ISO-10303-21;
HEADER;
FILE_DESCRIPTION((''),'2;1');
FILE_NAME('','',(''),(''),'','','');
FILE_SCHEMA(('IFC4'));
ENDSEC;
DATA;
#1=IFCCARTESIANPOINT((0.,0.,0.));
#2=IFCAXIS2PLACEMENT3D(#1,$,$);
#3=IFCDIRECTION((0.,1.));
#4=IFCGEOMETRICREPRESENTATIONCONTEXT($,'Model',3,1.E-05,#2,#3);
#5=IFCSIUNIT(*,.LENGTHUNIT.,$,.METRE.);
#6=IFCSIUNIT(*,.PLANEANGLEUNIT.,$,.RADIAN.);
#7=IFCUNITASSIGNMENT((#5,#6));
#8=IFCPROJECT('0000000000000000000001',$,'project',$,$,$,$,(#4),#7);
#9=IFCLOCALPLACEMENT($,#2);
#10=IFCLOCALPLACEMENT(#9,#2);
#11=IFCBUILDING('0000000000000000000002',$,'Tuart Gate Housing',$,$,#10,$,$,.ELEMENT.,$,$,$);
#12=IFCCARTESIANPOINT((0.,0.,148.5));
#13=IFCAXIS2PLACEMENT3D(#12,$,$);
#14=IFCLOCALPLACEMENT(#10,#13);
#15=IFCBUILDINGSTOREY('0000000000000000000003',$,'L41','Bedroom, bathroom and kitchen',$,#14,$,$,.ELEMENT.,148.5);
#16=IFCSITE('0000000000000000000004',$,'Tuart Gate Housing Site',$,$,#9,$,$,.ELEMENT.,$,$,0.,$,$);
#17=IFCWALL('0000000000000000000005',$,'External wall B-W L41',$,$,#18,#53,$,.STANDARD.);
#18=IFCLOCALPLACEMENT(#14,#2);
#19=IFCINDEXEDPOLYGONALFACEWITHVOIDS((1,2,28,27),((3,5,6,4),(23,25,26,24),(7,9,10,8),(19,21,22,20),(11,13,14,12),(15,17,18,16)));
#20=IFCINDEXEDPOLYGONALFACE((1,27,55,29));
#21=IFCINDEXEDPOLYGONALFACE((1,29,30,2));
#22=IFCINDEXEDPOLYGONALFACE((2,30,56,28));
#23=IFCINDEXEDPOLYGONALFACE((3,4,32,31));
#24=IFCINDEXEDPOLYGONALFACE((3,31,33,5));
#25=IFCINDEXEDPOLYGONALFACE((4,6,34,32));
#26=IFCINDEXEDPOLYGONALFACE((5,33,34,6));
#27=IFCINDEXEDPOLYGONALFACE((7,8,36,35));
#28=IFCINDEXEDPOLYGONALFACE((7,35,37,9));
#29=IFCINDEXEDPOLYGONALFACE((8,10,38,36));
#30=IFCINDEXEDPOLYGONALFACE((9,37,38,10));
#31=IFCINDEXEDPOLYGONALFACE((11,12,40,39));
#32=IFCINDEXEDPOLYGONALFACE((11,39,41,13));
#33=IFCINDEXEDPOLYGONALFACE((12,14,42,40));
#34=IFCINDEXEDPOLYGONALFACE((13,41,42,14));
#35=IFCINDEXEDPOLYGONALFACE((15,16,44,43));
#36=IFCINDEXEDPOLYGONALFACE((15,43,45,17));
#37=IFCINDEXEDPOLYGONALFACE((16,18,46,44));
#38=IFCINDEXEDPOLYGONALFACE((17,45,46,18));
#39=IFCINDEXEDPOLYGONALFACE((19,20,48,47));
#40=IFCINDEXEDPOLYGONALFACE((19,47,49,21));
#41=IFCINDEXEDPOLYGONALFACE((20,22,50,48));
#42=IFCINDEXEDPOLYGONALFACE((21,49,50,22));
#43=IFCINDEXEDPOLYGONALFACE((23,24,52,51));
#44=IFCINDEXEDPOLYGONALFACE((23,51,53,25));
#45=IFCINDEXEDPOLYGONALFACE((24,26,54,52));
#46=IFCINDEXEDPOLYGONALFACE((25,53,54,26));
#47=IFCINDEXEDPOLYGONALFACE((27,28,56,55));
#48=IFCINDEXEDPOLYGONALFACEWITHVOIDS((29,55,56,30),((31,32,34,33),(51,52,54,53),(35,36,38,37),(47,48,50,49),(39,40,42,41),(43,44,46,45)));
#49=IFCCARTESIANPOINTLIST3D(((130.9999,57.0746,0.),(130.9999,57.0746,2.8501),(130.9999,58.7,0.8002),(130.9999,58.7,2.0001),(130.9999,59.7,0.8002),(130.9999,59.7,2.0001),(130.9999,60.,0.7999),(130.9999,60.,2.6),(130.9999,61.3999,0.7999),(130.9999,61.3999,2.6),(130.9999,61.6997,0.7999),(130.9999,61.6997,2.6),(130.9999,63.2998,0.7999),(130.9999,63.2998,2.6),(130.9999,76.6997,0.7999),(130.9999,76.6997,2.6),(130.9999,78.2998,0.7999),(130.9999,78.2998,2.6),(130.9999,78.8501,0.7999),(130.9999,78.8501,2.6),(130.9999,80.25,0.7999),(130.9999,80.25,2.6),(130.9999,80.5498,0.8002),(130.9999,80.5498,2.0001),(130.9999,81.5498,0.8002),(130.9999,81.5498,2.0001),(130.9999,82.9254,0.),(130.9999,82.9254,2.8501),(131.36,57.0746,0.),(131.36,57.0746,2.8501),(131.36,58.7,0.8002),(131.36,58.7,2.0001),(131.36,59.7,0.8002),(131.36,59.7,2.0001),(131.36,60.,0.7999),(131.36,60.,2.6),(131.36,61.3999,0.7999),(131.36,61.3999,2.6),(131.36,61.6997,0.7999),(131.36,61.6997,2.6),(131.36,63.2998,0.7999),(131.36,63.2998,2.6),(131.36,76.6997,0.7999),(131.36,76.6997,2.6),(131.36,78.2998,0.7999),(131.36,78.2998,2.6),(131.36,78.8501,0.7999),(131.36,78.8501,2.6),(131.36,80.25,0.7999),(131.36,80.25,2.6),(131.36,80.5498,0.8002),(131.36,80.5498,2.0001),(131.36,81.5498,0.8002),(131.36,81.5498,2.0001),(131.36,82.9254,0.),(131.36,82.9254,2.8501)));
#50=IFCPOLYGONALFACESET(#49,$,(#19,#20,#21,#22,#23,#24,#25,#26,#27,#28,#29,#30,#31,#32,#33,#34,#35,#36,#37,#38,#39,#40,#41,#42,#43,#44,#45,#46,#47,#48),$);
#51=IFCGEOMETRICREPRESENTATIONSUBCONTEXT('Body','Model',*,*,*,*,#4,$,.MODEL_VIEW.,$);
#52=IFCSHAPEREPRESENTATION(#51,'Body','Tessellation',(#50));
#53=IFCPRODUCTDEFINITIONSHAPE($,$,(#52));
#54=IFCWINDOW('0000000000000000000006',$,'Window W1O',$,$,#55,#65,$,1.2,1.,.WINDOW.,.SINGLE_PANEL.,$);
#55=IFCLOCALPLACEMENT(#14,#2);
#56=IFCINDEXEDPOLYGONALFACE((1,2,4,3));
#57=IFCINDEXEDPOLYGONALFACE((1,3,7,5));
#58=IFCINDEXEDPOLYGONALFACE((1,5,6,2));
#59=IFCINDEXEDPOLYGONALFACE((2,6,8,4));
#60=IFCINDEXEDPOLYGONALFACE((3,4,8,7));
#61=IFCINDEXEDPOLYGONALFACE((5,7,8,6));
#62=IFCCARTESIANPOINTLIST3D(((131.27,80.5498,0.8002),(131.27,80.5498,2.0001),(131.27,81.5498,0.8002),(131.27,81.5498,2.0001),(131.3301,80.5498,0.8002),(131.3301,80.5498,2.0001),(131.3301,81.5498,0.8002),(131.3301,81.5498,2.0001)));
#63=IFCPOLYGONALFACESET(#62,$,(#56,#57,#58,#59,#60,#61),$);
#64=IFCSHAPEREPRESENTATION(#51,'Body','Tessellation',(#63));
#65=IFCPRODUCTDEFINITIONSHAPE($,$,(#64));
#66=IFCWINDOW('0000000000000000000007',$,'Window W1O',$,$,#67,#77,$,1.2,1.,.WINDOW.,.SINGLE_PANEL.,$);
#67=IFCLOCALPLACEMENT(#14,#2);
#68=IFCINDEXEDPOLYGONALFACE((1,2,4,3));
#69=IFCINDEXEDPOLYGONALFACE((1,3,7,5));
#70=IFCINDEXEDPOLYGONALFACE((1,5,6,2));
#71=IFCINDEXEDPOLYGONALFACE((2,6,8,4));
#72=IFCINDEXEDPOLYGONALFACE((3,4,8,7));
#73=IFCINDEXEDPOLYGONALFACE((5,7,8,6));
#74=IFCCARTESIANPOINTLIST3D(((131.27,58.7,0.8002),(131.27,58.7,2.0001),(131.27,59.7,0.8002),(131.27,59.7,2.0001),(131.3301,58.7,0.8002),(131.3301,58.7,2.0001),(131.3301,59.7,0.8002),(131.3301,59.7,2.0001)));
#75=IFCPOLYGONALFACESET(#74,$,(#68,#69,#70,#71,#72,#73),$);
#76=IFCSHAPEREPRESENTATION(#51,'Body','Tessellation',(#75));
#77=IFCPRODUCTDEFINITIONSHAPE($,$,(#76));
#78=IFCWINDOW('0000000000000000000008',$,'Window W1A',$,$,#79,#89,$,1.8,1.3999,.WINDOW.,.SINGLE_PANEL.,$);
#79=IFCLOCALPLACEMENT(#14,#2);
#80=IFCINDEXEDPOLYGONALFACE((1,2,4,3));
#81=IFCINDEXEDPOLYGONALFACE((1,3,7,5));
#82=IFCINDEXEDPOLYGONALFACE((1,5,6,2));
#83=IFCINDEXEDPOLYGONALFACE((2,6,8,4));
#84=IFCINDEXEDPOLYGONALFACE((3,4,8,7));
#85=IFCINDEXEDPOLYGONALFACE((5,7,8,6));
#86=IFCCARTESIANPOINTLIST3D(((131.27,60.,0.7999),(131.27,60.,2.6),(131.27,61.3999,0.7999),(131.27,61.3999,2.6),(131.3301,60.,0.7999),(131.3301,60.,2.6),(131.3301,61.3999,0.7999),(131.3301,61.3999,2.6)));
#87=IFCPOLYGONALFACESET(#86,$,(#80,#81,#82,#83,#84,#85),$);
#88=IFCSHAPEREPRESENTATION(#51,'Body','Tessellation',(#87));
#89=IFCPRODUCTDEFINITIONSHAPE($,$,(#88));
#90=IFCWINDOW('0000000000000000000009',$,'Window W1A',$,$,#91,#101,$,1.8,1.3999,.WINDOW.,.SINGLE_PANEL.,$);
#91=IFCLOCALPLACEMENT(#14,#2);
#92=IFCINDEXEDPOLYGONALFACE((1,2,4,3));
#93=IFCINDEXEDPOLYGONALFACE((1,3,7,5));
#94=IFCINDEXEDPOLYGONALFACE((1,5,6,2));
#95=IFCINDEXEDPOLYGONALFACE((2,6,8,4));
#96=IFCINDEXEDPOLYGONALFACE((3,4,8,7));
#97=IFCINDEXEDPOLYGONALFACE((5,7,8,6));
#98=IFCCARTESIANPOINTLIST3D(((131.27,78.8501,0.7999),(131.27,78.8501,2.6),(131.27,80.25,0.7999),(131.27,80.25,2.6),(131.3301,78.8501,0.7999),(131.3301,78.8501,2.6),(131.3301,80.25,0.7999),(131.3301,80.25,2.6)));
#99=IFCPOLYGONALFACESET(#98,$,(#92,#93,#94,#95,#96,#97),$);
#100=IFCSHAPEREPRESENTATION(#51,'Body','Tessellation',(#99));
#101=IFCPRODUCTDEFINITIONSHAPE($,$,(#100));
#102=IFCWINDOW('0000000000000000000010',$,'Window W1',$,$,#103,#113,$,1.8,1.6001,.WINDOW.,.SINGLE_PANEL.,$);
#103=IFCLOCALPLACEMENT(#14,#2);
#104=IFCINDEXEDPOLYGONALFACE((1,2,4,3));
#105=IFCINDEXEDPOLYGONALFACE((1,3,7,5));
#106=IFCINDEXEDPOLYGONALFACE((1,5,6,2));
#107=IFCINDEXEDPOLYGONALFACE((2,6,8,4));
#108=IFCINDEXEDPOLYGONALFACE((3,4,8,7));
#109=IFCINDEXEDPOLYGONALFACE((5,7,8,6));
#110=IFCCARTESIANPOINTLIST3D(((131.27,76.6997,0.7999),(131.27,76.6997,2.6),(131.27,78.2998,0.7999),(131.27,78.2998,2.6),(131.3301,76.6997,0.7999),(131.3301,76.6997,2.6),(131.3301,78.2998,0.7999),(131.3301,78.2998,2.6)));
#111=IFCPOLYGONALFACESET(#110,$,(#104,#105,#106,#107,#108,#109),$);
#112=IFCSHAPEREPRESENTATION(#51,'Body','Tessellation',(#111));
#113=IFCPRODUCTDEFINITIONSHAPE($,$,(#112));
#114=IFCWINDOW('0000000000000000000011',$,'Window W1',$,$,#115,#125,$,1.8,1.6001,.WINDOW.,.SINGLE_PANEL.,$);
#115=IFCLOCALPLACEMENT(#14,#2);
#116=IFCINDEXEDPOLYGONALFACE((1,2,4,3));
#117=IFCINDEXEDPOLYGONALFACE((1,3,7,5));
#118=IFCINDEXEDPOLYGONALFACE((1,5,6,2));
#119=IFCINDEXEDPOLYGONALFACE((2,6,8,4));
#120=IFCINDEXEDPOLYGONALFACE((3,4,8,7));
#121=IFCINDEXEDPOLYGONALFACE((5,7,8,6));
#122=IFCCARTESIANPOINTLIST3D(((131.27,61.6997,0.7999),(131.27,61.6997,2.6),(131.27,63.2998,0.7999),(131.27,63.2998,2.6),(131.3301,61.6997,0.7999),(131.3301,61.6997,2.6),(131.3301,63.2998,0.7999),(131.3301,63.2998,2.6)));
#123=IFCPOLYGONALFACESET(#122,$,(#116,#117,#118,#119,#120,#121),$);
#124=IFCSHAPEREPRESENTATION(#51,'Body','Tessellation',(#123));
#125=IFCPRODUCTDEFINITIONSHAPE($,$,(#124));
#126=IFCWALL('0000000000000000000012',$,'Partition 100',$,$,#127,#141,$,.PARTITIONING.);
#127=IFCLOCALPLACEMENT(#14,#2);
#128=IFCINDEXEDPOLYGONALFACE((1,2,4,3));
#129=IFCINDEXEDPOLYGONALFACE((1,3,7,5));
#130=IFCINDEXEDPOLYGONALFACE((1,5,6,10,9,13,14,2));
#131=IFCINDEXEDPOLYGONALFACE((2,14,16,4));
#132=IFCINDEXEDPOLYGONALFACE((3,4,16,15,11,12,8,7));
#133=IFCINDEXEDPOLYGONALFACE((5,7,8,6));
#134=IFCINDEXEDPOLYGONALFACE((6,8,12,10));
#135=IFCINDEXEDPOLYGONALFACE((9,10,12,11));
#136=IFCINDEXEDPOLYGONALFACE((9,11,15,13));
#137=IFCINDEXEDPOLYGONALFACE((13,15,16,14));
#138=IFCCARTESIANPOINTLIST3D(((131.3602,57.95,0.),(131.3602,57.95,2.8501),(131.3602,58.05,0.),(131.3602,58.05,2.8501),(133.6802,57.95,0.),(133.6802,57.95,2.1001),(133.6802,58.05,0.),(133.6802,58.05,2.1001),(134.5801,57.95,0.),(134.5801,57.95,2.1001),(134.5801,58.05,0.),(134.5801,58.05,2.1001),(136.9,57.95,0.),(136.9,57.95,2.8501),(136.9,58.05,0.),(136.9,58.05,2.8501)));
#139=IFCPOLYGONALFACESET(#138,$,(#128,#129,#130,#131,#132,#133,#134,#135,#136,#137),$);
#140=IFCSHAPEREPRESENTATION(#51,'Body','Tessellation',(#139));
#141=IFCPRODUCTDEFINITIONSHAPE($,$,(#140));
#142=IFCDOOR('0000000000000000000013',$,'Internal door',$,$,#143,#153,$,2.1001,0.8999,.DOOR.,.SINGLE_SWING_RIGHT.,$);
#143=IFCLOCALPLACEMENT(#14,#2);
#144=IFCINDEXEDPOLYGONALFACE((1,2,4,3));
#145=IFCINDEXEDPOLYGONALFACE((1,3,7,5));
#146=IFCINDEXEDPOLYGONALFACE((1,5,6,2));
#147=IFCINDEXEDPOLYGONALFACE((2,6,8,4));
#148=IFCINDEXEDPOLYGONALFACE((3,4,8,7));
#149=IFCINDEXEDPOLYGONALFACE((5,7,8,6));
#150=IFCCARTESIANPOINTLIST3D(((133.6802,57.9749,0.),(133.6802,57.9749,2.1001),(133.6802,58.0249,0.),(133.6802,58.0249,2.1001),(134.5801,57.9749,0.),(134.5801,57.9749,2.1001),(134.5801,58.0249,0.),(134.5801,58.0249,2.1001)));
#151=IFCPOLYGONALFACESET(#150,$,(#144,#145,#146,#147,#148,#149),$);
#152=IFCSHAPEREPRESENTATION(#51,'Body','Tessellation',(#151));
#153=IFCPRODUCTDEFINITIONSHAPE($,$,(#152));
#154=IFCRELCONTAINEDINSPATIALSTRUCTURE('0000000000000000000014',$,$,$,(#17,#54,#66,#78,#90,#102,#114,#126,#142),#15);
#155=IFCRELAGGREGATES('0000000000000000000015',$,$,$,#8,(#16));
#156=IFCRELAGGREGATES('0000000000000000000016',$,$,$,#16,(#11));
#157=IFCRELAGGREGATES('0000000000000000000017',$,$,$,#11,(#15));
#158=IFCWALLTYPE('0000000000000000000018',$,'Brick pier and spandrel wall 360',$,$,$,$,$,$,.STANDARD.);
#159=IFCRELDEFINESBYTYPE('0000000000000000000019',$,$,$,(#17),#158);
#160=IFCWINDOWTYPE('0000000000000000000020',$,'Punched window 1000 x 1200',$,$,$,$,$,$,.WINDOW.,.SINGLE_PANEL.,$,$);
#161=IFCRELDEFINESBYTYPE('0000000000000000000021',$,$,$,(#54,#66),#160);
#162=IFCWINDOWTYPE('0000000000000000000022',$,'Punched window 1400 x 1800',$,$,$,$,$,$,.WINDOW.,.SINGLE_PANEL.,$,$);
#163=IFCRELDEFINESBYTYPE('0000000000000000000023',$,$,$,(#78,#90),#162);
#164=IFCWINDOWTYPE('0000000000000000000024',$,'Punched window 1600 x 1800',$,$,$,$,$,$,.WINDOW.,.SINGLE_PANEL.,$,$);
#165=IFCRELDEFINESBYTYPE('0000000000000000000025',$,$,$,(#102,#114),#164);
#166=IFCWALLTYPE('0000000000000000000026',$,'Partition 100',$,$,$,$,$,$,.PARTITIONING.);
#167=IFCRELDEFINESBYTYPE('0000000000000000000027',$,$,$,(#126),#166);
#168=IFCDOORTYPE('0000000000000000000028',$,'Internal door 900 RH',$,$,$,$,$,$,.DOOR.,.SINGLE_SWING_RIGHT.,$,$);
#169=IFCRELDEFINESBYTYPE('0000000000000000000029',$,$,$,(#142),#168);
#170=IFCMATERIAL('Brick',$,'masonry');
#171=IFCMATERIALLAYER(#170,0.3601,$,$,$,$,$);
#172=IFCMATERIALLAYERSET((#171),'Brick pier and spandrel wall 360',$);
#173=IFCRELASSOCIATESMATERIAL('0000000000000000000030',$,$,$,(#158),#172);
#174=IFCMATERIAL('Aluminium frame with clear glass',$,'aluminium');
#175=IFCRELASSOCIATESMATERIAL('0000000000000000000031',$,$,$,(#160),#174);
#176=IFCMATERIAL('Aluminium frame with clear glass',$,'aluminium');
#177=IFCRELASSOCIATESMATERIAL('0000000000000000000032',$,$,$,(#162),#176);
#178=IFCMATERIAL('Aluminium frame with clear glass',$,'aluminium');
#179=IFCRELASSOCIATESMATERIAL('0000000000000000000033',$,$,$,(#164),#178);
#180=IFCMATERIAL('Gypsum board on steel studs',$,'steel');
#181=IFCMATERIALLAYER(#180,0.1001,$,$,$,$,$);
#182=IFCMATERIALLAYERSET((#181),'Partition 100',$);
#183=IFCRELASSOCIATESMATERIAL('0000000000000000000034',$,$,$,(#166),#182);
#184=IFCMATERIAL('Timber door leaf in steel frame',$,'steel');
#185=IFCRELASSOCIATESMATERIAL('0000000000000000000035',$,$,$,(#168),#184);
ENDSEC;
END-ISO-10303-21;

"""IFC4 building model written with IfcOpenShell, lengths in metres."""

from ifc_helpers import new_model, si_unit, direction, frame, frame_2d, origin, place, context, subcontext, project, spatial, rectangle, extrude, material, layer, layer_set, type_object, element, fill, save


model = new_model("IFC4")

# Units and contexts
model_context = context("Model", 3, precision=1e-05, world=origin(), true_north=direction((0.0, 1.0)))
body_context = subcontext(model_context, "Body", "Model", "MODEL_VIEW")
ifc_project = project(units=[si_unit("LENGTHUNIT", "METRE"), si_unit("PLANEANGLEUNIT", "RADIAN")], contexts=[model_context])

# Site, building, storey
site_placement = place(None, origin())
site = spatial("IfcSite", under=ifc_project, at=site_placement, Name="Tuart Gate Housing Site", CompositionType="ELEMENT", RefElevation=0.0)
building_placement = place(site_placement, origin())
building = spatial("IfcBuilding", under=site, at=building_placement, Name="Tuart Gate Housing", CompositionType="ELEMENT")
storey_placement = place(building_placement, frame((0.0, 0.0, 148.5)))
storey = spatial("IfcBuildingStorey", under=building, at=storey_placement, Name="L41", Description="Bedroom, bathroom and kitchen", CompositionType="ELEMENT", Elevation=148.5)

# Shared definitions
ifc_material_1 = material(Name="Brick", Category="masonry")
ifc_layer_1 = layer(ifc_material_1, 0.3601)
ifc_layer_set_1 = layer_set([ifc_layer_1], Name="Brick pier and spandrel wall 360")
wall_type_1 = type_object("IfcWallType", Name="Brick pier and spandrel wall 360", PredefinedType="STANDARD", material=ifc_layer_set_1)
ifc_material_2 = material(Name="Aluminium frame with clear glass", Category="aluminium")
window_type_1 = type_object("IfcWindowType", Name="Punched window 1000 x 1200", PartitioningType="SINGLE_PANEL", PredefinedType="WINDOW", material=ifc_material_2)
ifc_material_3 = material(Name="Aluminium frame with clear glass", Category="aluminium")
window_type_2 = type_object("IfcWindowType", Name="Punched window 1400 x 1800", PartitioningType="SINGLE_PANEL", PredefinedType="WINDOW", material=ifc_material_3)
ifc_material_4 = material(Name="Aluminium frame with clear glass", Category="aluminium")
window_type_3 = type_object("IfcWindowType", Name="Punched window 1600 x 1800", PartitioningType="SINGLE_PANEL", PredefinedType="WINDOW", material=ifc_material_4)

# Wall, openings, windows
wall_1_placement = place(storey_placement, frame((131.1799, 82.9253, 0.0), z_axis=(0.0, 0.0, 1.0), x_axis=(0.0, -1.0, 0.0)))
wall_1 = element("IfcWall", 1, at=wall_1_placement, inside=storey, type_object=wall_type_1, Name="External wall B-W L41", PredefinedType="STANDARD", context=body_context, shape_type="SweptSolid", body=[
    extrude(rectangle(XDim=25.8508, YDim=0.3601, at=frame_2d((12.9253, 0.0))), origin(), (0.0, 0.0, 1.0), 2.8501),
])
opening_1_placement = place(wall_1_placement, frame((1.3755, 0.0, 0.8)))
opening_1 = element("IfcOpeningElement", 2, at=opening_1_placement, cuts=wall_1, PredefinedType="OPENING", context=body_context, shape_type="SweptSolid", body=[
    extrude(rectangle(XDim=1.0, YDim=1.2, at=frame_2d((0.5, 0.6001))), frame((0.0, 0.1899, 0.0), z_axis=(0.0, -1.0, 0.0), x_axis=(1.0, 0.0, 0.0)), (0.0, 0.0, 1.0), 0.3801),
])
opening_2_placement = place(wall_1_placement, frame((4.6255, 0.0, 0.8)))
opening_2 = element("IfcOpeningElement", 3, at=opening_2_placement, cuts=wall_1, PredefinedType="OPENING", context=body_context, shape_type="SweptSolid", body=[
    extrude(rectangle(XDim=1.6001, YDim=1.8, at=frame_2d((0.8, 0.8999))), frame((0.0, 0.1899, 0.0), z_axis=(0.0, -1.0, 0.0), x_axis=(1.0, 0.0, 0.0)), (0.0, 0.0, 1.0), 0.3801),
])
opening_3_placement = place(wall_1_placement, frame((19.6255, 0.0, 0.8)))
opening_3 = element("IfcOpeningElement", 4, at=opening_3_placement, cuts=wall_1, PredefinedType="OPENING", context=body_context, shape_type="SweptSolid", body=[
    extrude(rectangle(XDim=1.6001, YDim=1.8, at=frame_2d((0.8, 0.8999))), frame((0.0, 0.1899, 0.0), z_axis=(0.0, -1.0, 0.0), x_axis=(1.0, 0.0, 0.0)), (0.0, 0.0, 1.0), 0.3801),
])
opening_4_placement = place(wall_1_placement, frame((21.5254, 0.0, 0.8)))
opening_4 = element("IfcOpeningElement", 5, at=opening_4_placement, cuts=wall_1, PredefinedType="OPENING", context=body_context, shape_type="SweptSolid", body=[
    extrude(rectangle(XDim=1.3999, YDim=1.8, at=frame_2d((0.7, 0.8999))), frame((0.0, 0.1899, 0.0), z_axis=(0.0, -1.0, 0.0), x_axis=(1.0, 0.0, 0.0)), (0.0, 0.0, 1.0), 0.3801),
])
opening_5_placement = place(wall_1_placement, frame((2.6753, 0.0, 0.8)))
opening_5 = element("IfcOpeningElement", 6, at=opening_5_placement, cuts=wall_1, PredefinedType="OPENING", context=body_context, shape_type="SweptSolid", body=[
    extrude(rectangle(XDim=1.3999, YDim=1.8, at=frame_2d((0.7, 0.8999))), frame((0.0, 0.1899, 0.0), z_axis=(0.0, -1.0, 0.0), x_axis=(1.0, 0.0, 0.0)), (0.0, 0.0, 1.0), 0.3801),
])
opening_6_placement = place(wall_1_placement, frame((23.2253, 0.0, 0.8)))
opening_6 = element("IfcOpeningElement", 7, at=opening_6_placement, cuts=wall_1, PredefinedType="OPENING", context=body_context, shape_type="SweptSolid", body=[
    extrude(rectangle(XDim=1.0, YDim=1.2, at=frame_2d((0.5, 0.6001))), frame((0.0, 0.1899, 0.0), z_axis=(0.0, -1.0, 0.0), x_axis=(1.0, 0.0, 0.0)), (0.0, 0.0, 1.0), 0.3801),
])
window_1_placement = place(opening_1_placement, origin())
window_1 = element("IfcWindow", 8, at=window_1_placement, inside=storey, type_object=window_type_1, Name="Window W1O", OverallHeight=1.2, OverallWidth=1.0, PartitioningType="SINGLE_PANEL", PredefinedType="WINDOW", context=body_context, shape_type="SweptSolid", body=[
    extrude(rectangle(XDim=1.0, YDim=1.2, at=frame_2d((0.5, 0.6001))), frame((0.0, 0.1501, 0.0), z_axis=(0.0, -1.0, 0.0), x_axis=(1.0, 0.0, 0.0)), (0.0, 0.0, 1.0), 0.0601),
])
fill(opening_1, window_1)
window_2_placement = place(opening_6_placement, origin())
window_2 = element("IfcWindow", 9, at=window_2_placement, inside=storey, type_object=window_type_1, Name="Window W1O", OverallHeight=1.2, OverallWidth=1.0, PartitioningType="SINGLE_PANEL", PredefinedType="WINDOW", context=body_context, shape_type="SweptSolid", body=[
    extrude(rectangle(XDim=1.0, YDim=1.2, at=frame_2d((0.5, 0.6001))), frame((0.0, 0.1501, 0.0), z_axis=(0.0, -1.0, 0.0), x_axis=(1.0, 0.0, 0.0)), (0.0, 0.0, 1.0), 0.0601),
])
fill(opening_6, window_2)
window_3_placement = place(opening_4_placement, origin())
window_3 = element("IfcWindow", 10, at=window_3_placement, inside=storey, type_object=window_type_2, Name="Window W1A", OverallHeight=1.8, OverallWidth=1.3999, PartitioningType="SINGLE_PANEL", PredefinedType="WINDOW", context=body_context, shape_type="SweptSolid", body=[
    extrude(rectangle(XDim=1.3999, YDim=1.8, at=frame_2d((0.7, 0.8999))), frame((0.0, 0.1501, 0.0), z_axis=(0.0, -1.0, 0.0), x_axis=(1.0, 0.0, 0.0)), (0.0, 0.0, 1.0), 0.0601),
])
fill(opening_4, window_3)
window_4_placement = place(opening_5_placement, origin())
window_4 = element("IfcWindow", 11, at=window_4_placement, inside=storey, type_object=window_type_2, Name="Window W1A", OverallHeight=1.8, OverallWidth=1.3999, PartitioningType="SINGLE_PANEL", PredefinedType="WINDOW", context=body_context, shape_type="SweptSolid", body=[
    extrude(rectangle(XDim=1.3999, YDim=1.8, at=frame_2d((0.7, 0.8999))), frame((0.0, 0.1501, 0.0), z_axis=(0.0, -1.0, 0.0), x_axis=(1.0, 0.0, 0.0)), (0.0, 0.0, 1.0), 0.0601),
])
fill(opening_5, window_4)
window_5_placement = place(opening_2_placement, origin())
window_5 = element("IfcWindow", 12, at=window_5_placement, inside=storey, type_object=window_type_3, Name="Window W1", OverallHeight=1.8, OverallWidth=1.6001, PartitioningType="SINGLE_PANEL", PredefinedType="WINDOW", context=body_context, shape_type="SweptSolid", body=[
    extrude(rectangle(XDim=1.6001, YDim=1.8, at=frame_2d((0.8, 0.8999))), frame((0.0, 0.1501, 0.0), z_axis=(0.0, -1.0, 0.0), x_axis=(1.0, 0.0, 0.0)), (0.0, 0.0, 1.0), 0.0601),
])
fill(opening_2, window_5)
window_6_placement = place(opening_3_placement, origin())
window_6 = element("IfcWindow", 13, at=window_6_placement, inside=storey, type_object=window_type_3, Name="Window W1", OverallHeight=1.8, OverallWidth=1.6001, PartitioningType="SINGLE_PANEL", PredefinedType="WINDOW", context=body_context, shape_type="SweptSolid", body=[
    extrude(rectangle(XDim=1.6001, YDim=1.8, at=frame_2d((0.8, 0.8999))), frame((0.0, 0.1501, 0.0), z_axis=(0.0, -1.0, 0.0), x_axis=(1.0, 0.0, 0.0)), (0.0, 0.0, 1.0), 0.0601),
])
fill(opening_3, window_6)

# Wall, opening, door
ifc_material_5 = material(Name="Gypsum board on steel studs", Category="steel")
ifc_layer_2 = layer(ifc_material_5, 0.1001)
ifc_layer_set_2 = layer_set([ifc_layer_2], Name="Partition 100")
wall_type_2 = type_object("IfcWallType", Name="Partition 100", PredefinedType="PARTITIONING", material=ifc_layer_set_2)
wall_2_placement = place(storey_placement, frame((131.3601, 58.0, 0.0), z_axis=(0.0, 0.0, 1.0), x_axis=(1.0, 0.0, 0.0)))
wall_2 = element("IfcWall", 14, at=wall_2_placement, inside=storey, type_object=wall_type_2, Name="Partition 100", PredefinedType="PARTITIONING", context=body_context, shape_type="SweptSolid", body=[
    extrude(rectangle(XDim=5.5398, YDim=0.1001, at=frame_2d((2.77, 0.0))), origin(), (0.0, 0.0, 1.0), 2.8501),
])
opening_7_placement = place(wall_2_placement, frame((2.3201, 0.0, 0.0)))
opening_7 = element("IfcOpeningElement", 15, at=opening_7_placement, cuts=wall_2, PredefinedType="OPENING", context=body_context, shape_type="SweptSolid", body=[
    extrude(rectangle(XDim=0.8999, YDim=2.1001, at=frame_2d((0.45, 1.05))), frame((0.0, 0.0601, 0.0), z_axis=(0.0, -1.0, 0.0), x_axis=(1.0, 0.0, 0.0)), (0.0, 0.0, 1.0), 0.1201),
])
ifc_material_6 = material(Name="Timber door leaf in steel frame", Category="steel")
door_type = type_object("IfcDoorType", Name="Internal door 900 RH", OperationType="SINGLE_SWING_RIGHT", PredefinedType="DOOR", material=ifc_material_6)
door_placement = place(opening_7_placement, frame((0.8999, 0.0, 0.0), z_axis=(0.0, 0.0, 1.0), x_axis=(-1.0, 0.0, 0.0)))
door = element("IfcDoor", 16, at=door_placement, inside=storey, type_object=door_type, Name="Internal door", OperationType="SINGLE_SWING_RIGHT", OverallHeight=2.1001, OverallWidth=0.8999, PredefinedType="DOOR", context=body_context, shape_type="SweptSolid", body=[
    extrude(rectangle(XDim=0.8999, YDim=2.1001, at=frame_2d((0.45, 1.05))), frame((0.0, 0.0251, 0.0), z_axis=(0.0, -1.0, 0.0), x_axis=(1.0, 0.0, 0.0)), (0.0, 0.0, 1.0), 0.05),
])
fill(opening_7, door)

save(model, "model.ifc")
